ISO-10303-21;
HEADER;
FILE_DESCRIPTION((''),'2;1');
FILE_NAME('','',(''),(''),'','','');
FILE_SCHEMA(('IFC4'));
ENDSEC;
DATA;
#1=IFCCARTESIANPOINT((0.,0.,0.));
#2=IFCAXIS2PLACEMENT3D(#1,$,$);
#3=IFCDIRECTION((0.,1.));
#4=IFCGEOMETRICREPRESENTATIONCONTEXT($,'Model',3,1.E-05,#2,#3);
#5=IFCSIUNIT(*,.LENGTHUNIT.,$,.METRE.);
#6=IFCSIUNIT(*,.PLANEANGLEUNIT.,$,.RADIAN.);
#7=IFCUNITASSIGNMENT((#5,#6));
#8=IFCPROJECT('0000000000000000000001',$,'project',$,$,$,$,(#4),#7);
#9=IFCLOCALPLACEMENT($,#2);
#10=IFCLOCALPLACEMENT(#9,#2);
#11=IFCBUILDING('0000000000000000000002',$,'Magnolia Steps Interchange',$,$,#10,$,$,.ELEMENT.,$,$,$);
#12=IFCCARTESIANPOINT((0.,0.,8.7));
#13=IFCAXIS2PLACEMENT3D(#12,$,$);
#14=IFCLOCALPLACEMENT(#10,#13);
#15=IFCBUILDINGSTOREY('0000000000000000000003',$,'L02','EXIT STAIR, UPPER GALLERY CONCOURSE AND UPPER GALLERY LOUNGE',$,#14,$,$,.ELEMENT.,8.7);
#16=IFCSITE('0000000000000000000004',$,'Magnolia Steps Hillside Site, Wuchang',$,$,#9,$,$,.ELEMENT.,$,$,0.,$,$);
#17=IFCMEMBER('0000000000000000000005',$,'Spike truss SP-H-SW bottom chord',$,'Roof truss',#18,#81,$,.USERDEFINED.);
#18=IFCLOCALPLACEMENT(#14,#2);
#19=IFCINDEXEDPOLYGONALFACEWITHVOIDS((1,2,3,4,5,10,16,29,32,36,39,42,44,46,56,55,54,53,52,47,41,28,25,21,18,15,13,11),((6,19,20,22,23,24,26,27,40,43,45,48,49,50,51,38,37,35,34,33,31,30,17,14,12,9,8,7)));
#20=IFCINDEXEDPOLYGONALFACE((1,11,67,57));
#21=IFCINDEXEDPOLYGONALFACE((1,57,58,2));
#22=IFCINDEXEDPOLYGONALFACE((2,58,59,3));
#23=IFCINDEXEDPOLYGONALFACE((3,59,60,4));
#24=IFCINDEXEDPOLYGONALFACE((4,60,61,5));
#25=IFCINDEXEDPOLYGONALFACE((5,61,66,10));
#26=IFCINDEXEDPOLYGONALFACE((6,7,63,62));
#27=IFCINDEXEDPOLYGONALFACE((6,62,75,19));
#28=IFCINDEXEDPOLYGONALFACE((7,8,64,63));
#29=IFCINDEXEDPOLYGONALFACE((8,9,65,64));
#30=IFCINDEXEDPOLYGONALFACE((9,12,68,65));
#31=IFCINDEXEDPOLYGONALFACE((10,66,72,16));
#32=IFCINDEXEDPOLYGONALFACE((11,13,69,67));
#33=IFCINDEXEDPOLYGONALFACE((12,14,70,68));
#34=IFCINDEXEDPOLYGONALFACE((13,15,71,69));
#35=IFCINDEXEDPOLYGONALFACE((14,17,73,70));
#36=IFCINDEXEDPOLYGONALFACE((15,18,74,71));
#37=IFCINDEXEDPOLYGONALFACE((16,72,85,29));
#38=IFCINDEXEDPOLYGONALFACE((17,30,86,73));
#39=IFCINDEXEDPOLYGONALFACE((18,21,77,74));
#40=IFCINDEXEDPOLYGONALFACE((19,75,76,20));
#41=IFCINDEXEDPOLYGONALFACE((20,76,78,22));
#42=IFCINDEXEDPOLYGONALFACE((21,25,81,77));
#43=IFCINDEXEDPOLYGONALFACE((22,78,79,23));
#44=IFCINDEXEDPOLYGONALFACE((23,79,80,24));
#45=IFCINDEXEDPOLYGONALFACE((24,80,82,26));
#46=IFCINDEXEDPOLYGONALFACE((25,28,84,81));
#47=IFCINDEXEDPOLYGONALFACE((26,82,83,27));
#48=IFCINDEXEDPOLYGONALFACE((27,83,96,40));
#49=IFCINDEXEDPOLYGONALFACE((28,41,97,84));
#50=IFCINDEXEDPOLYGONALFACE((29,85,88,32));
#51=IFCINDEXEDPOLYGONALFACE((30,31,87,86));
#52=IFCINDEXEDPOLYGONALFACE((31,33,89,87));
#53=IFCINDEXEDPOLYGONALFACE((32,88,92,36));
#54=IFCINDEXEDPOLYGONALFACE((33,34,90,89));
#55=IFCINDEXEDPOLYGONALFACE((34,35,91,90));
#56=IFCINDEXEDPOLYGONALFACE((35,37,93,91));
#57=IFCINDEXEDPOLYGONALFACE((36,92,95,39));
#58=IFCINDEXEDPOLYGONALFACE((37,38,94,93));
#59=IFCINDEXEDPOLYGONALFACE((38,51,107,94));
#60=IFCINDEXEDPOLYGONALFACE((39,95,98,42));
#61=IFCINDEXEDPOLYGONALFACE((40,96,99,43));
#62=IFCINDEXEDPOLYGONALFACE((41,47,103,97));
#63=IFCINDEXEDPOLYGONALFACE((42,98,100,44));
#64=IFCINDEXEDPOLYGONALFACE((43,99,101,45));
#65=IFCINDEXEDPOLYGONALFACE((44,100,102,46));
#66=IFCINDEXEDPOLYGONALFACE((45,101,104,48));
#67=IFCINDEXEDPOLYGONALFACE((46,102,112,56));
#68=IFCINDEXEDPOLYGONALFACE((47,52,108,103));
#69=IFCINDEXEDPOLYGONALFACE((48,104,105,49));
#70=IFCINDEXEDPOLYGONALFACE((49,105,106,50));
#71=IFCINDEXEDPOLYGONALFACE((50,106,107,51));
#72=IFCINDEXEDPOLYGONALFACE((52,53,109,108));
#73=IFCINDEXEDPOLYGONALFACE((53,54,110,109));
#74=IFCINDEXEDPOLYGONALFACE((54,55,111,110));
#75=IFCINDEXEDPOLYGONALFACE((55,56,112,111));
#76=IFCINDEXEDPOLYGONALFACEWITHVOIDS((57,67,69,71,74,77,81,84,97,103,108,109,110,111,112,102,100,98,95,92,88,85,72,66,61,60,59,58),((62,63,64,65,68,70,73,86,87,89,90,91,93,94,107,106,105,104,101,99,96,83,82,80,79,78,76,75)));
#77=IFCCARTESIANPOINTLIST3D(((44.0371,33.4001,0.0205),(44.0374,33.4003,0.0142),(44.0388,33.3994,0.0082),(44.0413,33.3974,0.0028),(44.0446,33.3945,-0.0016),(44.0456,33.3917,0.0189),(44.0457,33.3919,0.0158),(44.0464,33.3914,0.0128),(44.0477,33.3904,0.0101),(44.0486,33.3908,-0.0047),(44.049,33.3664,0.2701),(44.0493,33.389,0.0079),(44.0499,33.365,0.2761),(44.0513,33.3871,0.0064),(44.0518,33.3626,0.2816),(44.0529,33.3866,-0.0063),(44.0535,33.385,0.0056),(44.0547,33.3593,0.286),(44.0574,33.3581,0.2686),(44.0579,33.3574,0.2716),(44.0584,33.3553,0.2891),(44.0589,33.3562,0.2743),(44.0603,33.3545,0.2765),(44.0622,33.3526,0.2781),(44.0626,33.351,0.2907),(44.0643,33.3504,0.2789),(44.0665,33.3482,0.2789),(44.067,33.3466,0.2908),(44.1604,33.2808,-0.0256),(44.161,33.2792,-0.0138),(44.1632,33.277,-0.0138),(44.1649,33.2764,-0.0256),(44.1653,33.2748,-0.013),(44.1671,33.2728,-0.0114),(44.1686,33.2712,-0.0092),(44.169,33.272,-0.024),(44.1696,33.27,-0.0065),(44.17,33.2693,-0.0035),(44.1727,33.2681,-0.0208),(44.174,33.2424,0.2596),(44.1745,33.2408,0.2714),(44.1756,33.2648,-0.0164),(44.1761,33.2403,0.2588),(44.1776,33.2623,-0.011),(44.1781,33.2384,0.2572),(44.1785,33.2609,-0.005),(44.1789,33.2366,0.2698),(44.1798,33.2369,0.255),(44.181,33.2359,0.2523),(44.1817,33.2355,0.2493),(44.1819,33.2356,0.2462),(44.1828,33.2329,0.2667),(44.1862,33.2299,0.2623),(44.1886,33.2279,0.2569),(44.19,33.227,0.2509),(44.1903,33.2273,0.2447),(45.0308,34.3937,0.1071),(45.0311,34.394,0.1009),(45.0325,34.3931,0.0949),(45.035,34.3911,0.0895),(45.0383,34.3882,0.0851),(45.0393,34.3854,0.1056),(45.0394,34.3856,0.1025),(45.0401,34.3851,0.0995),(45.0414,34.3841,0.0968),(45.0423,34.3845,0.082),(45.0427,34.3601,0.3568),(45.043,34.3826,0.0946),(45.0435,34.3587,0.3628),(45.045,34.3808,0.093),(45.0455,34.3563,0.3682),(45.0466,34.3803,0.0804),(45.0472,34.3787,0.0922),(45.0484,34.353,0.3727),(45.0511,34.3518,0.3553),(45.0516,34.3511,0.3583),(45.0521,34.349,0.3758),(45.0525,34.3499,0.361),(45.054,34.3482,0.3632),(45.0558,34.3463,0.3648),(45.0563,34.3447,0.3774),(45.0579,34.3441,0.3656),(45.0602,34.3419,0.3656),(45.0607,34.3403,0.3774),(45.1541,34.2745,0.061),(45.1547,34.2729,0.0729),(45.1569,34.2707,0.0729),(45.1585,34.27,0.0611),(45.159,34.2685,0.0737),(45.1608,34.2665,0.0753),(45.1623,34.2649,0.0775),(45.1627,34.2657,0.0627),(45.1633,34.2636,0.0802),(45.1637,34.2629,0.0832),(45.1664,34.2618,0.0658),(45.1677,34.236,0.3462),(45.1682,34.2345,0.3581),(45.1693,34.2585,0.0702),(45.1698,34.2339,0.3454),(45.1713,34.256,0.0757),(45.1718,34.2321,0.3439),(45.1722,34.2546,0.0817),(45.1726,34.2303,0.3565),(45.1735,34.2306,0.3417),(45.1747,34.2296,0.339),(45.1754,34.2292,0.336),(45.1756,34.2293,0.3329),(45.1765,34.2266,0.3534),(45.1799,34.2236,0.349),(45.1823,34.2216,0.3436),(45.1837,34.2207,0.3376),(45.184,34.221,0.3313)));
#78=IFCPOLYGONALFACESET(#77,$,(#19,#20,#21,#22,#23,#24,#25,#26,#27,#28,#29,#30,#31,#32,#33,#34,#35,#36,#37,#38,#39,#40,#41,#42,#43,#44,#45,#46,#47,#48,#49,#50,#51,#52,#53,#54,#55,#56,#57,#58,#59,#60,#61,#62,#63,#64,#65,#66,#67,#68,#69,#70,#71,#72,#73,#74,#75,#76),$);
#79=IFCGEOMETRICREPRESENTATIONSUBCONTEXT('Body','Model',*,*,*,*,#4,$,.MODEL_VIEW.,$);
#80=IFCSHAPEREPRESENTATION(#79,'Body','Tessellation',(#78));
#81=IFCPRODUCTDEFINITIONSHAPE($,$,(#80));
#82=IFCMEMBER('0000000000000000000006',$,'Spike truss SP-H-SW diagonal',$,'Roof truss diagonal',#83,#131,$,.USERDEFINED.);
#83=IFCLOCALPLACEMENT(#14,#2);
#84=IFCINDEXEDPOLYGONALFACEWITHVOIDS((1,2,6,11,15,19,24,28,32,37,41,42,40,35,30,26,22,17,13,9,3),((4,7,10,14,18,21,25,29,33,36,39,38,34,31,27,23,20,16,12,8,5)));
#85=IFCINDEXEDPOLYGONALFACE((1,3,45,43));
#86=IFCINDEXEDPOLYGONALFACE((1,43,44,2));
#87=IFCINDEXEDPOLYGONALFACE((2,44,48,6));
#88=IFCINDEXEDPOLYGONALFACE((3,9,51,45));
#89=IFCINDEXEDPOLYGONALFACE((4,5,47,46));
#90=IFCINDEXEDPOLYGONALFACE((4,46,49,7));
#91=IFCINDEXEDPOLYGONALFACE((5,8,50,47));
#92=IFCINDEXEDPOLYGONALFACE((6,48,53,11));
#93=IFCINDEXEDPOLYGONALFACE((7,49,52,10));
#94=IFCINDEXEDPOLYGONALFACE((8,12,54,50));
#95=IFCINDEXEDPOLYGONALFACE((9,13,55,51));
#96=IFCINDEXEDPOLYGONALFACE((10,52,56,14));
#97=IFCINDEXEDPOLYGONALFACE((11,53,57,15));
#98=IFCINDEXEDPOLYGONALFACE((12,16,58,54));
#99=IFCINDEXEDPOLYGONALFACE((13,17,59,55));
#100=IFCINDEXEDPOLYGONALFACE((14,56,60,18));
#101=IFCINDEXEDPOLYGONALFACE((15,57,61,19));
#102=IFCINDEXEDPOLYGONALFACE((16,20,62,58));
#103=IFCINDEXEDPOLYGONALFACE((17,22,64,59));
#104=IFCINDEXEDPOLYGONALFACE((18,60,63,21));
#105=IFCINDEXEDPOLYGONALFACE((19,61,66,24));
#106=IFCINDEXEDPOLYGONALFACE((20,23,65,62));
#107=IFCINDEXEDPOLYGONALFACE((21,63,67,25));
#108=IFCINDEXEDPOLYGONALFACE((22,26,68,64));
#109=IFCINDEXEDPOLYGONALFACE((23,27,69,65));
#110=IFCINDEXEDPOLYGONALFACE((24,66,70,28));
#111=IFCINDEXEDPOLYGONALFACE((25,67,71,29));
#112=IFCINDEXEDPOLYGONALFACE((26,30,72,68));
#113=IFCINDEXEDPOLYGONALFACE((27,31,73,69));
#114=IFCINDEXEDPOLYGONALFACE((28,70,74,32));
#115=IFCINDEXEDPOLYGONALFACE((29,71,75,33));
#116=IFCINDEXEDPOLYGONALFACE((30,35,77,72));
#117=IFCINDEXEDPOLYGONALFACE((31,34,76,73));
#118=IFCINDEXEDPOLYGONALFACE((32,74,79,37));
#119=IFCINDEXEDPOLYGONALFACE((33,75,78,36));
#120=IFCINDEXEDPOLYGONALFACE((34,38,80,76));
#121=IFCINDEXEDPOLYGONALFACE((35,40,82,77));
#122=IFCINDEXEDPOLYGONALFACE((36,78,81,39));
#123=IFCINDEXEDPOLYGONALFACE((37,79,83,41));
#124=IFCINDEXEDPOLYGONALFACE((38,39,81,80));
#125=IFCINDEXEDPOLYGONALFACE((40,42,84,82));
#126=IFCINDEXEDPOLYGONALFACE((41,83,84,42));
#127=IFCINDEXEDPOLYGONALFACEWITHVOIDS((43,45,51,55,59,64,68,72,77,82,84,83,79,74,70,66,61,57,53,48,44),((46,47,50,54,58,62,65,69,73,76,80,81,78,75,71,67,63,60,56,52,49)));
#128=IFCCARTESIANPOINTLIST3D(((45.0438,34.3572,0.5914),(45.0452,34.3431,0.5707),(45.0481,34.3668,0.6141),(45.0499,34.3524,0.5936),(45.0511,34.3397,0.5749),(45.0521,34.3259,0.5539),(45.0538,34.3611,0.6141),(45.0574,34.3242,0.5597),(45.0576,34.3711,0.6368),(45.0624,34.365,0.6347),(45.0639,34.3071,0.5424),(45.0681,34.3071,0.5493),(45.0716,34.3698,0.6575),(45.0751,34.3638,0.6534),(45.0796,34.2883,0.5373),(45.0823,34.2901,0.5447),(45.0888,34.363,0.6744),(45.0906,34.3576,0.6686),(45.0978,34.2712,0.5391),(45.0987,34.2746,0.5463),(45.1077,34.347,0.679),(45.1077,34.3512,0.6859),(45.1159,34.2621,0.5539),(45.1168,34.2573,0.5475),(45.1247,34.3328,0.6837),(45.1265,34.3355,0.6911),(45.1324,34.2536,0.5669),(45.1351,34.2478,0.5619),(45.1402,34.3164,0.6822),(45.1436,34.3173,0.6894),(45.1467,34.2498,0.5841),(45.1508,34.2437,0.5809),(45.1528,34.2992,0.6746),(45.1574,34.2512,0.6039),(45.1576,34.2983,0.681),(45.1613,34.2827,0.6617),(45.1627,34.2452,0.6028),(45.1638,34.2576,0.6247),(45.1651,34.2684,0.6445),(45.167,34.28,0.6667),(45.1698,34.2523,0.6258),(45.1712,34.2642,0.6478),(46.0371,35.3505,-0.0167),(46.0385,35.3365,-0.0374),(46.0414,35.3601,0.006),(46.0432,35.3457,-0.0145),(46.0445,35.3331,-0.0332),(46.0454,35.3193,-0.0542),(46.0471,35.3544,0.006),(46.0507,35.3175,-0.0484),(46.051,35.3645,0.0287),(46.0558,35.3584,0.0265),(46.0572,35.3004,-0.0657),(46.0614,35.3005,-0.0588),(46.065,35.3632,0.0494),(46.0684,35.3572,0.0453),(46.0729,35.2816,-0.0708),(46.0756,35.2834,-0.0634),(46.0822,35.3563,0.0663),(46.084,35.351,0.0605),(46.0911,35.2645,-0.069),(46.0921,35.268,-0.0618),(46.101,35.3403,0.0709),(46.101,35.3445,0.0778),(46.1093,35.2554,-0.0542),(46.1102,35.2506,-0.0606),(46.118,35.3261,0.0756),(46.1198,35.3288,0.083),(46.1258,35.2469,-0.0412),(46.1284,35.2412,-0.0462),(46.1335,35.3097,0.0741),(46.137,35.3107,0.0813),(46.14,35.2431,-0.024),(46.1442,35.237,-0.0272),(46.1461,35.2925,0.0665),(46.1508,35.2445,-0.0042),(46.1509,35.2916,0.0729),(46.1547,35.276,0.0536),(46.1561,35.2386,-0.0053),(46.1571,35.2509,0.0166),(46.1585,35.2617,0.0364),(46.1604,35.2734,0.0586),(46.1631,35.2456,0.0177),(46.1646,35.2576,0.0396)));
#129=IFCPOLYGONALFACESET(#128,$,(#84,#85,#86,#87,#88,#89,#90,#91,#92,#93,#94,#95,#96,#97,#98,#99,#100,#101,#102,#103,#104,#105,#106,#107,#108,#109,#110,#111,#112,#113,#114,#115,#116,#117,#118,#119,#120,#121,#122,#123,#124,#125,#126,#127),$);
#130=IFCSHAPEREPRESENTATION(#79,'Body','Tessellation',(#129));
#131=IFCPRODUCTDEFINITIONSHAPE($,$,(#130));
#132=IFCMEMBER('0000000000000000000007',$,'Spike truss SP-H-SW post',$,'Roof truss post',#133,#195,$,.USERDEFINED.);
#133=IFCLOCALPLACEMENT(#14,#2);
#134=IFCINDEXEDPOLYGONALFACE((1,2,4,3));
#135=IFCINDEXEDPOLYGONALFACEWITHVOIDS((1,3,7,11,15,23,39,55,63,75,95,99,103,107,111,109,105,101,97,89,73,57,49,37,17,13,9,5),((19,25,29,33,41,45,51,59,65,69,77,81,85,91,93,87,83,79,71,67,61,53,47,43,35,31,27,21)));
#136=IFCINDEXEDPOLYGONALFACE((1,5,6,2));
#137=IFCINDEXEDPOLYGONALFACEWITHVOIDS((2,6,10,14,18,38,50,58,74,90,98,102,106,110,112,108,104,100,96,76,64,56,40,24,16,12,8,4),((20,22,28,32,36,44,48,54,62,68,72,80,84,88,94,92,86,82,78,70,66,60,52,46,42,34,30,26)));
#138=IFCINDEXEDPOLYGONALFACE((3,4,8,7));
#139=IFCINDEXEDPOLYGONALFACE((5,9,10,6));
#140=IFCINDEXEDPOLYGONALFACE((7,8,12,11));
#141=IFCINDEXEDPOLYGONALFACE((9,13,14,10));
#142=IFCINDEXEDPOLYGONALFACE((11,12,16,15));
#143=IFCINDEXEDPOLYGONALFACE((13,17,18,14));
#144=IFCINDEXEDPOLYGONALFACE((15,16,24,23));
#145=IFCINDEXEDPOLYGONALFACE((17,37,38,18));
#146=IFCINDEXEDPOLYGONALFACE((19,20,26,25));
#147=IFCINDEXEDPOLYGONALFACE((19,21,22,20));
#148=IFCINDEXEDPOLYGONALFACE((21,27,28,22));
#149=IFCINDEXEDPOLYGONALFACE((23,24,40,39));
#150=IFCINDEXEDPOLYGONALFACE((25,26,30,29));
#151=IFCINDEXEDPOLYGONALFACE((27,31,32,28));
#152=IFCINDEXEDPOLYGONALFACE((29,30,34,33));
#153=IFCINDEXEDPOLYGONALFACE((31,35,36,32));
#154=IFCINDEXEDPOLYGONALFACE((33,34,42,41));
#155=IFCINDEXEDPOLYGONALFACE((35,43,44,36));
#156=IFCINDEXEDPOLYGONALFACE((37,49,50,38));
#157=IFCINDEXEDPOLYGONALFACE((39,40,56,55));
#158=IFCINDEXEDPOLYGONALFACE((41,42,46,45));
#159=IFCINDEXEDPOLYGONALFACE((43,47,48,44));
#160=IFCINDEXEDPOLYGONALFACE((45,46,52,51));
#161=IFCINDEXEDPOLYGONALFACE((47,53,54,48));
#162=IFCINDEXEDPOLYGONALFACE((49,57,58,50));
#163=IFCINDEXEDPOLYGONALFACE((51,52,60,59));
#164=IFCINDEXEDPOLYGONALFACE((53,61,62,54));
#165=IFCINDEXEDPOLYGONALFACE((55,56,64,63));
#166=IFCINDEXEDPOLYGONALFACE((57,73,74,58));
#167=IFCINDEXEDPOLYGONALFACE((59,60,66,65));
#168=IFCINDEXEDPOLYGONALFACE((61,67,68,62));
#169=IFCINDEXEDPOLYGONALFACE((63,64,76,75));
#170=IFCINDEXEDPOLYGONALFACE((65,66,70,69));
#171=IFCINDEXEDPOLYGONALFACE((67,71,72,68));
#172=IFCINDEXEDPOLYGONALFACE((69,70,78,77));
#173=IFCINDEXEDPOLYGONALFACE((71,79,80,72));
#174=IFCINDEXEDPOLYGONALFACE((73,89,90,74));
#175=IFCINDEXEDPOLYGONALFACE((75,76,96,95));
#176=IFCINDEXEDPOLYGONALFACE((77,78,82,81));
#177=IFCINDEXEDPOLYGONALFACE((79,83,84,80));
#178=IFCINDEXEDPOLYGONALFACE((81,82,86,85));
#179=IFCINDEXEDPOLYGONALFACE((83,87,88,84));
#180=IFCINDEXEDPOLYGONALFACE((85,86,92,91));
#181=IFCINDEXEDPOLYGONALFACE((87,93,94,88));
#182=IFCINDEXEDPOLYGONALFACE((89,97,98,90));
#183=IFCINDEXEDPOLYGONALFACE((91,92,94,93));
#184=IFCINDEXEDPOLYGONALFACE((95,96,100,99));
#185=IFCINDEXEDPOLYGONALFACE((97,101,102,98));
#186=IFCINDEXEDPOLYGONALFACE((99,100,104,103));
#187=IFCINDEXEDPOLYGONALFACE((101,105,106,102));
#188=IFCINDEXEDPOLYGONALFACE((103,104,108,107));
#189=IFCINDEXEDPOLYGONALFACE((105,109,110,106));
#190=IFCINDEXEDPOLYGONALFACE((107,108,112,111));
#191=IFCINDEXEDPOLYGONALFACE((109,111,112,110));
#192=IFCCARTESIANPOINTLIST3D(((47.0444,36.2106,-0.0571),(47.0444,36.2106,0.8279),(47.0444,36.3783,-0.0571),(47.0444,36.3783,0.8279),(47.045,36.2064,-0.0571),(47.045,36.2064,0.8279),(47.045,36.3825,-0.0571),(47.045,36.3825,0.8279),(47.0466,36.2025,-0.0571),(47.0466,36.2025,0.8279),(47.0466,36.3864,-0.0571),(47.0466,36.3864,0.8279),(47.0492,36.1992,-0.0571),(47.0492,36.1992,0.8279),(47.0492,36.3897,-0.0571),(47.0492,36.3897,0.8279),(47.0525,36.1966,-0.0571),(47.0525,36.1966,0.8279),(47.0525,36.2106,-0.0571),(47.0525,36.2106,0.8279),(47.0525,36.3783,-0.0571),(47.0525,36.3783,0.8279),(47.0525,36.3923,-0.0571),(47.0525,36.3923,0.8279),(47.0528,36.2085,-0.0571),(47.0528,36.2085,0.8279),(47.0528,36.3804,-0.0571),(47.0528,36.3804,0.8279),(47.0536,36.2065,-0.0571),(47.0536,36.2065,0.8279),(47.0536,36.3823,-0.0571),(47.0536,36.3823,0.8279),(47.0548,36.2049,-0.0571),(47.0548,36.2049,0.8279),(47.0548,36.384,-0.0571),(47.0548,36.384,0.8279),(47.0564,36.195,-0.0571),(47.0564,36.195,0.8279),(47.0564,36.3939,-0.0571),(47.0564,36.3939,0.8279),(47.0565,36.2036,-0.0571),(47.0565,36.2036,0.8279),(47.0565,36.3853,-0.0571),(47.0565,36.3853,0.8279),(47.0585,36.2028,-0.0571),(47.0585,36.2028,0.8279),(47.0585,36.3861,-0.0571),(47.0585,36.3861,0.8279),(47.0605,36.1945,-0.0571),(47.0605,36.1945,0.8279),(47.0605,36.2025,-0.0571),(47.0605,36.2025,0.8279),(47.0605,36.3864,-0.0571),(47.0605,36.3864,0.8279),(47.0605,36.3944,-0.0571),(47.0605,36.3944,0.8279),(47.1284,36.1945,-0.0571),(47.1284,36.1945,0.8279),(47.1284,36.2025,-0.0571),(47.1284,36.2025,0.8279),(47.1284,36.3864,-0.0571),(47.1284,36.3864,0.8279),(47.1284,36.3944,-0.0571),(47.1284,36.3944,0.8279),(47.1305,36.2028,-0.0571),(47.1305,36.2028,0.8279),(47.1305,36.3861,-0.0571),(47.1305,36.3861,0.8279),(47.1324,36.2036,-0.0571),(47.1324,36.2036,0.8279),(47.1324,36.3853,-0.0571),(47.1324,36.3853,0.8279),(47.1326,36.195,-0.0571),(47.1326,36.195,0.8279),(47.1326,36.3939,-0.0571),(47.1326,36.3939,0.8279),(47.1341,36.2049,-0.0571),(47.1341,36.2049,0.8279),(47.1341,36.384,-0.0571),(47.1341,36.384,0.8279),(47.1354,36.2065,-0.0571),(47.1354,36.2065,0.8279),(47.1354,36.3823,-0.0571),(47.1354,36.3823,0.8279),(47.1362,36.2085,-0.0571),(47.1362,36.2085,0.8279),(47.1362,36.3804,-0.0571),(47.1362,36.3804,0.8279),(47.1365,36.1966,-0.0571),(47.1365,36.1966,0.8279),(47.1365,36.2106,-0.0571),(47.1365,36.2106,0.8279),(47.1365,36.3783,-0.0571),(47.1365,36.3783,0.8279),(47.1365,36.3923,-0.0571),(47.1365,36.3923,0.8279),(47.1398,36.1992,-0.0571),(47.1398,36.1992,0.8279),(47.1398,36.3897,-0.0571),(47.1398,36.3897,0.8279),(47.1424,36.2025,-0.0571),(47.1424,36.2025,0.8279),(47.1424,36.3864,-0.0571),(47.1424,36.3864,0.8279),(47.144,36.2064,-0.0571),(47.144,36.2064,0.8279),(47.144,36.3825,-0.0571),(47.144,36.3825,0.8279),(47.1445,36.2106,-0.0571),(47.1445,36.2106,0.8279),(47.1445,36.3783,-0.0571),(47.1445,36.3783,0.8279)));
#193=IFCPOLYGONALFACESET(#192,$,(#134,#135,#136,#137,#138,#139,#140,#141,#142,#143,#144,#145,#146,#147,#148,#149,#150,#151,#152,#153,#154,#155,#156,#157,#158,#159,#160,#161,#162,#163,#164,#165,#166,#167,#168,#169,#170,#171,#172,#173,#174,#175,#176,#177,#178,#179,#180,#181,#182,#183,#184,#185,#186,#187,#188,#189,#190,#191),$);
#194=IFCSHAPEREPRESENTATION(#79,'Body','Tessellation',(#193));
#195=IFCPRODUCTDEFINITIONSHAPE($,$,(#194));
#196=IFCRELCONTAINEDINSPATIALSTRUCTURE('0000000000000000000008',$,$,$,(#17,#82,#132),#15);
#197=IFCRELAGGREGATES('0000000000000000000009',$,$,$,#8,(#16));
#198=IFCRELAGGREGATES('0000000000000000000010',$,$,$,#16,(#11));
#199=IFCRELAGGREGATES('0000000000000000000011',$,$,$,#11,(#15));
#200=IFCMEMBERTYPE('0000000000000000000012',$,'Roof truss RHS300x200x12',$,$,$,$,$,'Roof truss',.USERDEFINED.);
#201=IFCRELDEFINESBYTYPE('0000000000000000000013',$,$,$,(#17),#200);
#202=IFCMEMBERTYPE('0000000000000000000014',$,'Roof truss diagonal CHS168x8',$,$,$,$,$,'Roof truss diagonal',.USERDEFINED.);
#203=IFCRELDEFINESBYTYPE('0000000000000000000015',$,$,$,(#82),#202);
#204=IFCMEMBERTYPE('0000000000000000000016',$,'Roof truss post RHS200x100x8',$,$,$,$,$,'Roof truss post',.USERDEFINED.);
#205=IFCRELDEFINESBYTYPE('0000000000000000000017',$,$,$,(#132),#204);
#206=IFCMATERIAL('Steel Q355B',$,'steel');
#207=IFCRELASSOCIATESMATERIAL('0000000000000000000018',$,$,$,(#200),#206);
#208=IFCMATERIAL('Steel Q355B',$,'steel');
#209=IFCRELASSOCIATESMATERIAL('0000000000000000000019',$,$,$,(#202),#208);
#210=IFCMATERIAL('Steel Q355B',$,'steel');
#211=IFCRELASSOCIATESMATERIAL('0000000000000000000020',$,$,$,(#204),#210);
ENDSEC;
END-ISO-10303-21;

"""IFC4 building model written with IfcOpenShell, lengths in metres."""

from ifc_helpers import new_model, si_unit, direction, frame, origin, origin_2d, place, context, subcontext, project, spatial, hollow_rectangle, hollow_circle, extrude, material, material_profile, profile_set, type_object, element, save


model = new_model("IFC4")

# Units and contexts
model_context = context("Model", 3, precision=1e-05, world=origin(), true_north=direction((0.0, 1.0)))
body_context = subcontext(model_context, "Body", "Model", "MODEL_VIEW")
ifc_project = project(units=[si_unit("LENGTHUNIT", "METRE"), si_unit("PLANEANGLEUNIT", "RADIAN")], contexts=[model_context])

# Site, building, storey
site_placement = place(None, origin())
site = spatial("IfcSite", under=ifc_project, at=site_placement, Name="Magnolia Steps Hillside Site, Wuchang", CompositionType="ELEMENT", RefElevation=0.0)
building_placement = place(site_placement, origin())
building = spatial("IfcBuilding", under=site, at=building_placement, Name="Magnolia Steps Interchange", CompositionType="ELEMENT")
storey_placement = place(building_placement, frame((0.0, 0.0, 8.7)))
storey = spatial("IfcBuildingStorey", under=building, at=storey_placement, Name="L02", Description="EXIT STAIR, UPPER GALLERY CONCOURSE AND UPPER GALLERY LOUNGE", CompositionType="ELEMENT", Elevation=8.7)

# Members
ifc_material_1 = material(Name="Steel Q355B", Category="steel")
ifc_material_profile_1 = material_profile(ifc_material_1, hollow_rectangle(XDim=0.2, YDim=0.3, WallThickness=0.012, InnerFilletRadius=0.012, OuterFilletRadius=0.0239, at=origin_2d()), Name="RHS300x200x12")
ifc_profile_set_1 = profile_set([ifc_material_profile_1], Name="Steel Q355B")
member_type_1 = type_object("IfcMemberType", Name="Roof truss RHS300x200x12", ElementType="Roof truss", PredefinedType="USERDEFINED", material=ifc_profile_set_1)
member_1_placement = place(storey_placement, frame((45.1074, 34.3074, 0.2192), z_axis=(-0.705766, -0.705766, -0.061559), x_axis=(0.706885, -0.695783, -0.127277)))
element("IfcMember", 1, at=member_1_placement, inside=storey, type_object=member_type_1, Name="Spike truss SP-H-SW bottom chord", ObjectType="Roof truss", PredefinedType="USERDEFINED", context=body_context, shape_type="SweptSolid", body=[
    extrude(hollow_rectangle(XDim=0.2, YDim=0.3, WallThickness=0.012, InnerFilletRadius=0.012, OuterFilletRadius=0.0239, at=origin_2d()), origin(), (0.0, 0.0, 1.0), 1.408),
])
ifc_material_2 = material(Name="Steel Q355B", Category="steel")
ifc_material_profile_2 = material_profile(ifc_material_2, hollow_circle(Radius=0.084, WallThickness=0.0081, at=origin_2d()), Name="CHS168x8")
ifc_profile_set_2 = profile_set([ifc_material_profile_2], Name="Steel Q355B")
member_type_2 = type_object("IfcMemberType", Name="Roof truss diagonal CHS168x8", ElementType="Roof truss diagonal", PredefinedType="USERDEFINED", material=ifc_profile_set_2)
member_2_placement = place(storey_placement, frame((46.1008, 35.3008, 0.0061), z_axis=(-0.648916, -0.648916, 0.39726), x_axis=(0.657873, -0.740836, -0.135518)))
element("IfcMember", 2, at=member_2_placement, inside=storey, type_object=member_type_2, Name="Spike truss SP-H-SW diagonal", ObjectType="Roof truss diagonal", PredefinedType="USERDEFINED", context=body_context, shape_type="SweptSolid", body=[
    extrude(hollow_circle(Radius=0.084, WallThickness=0.0081, at=origin_2d()), origin(), (0.0, 0.0, 1.0), 1.5308),
])
ifc_material_3 = material(Name="Steel Q355B", Category="steel")
ifc_material_profile_3 = material_profile(ifc_material_3, hollow_rectangle(XDim=0.1001, YDim=0.2, WallThickness=0.0081, InnerFilletRadius=0.0081, OuterFilletRadius=0.0161, at=origin_2d()), Name="RHS200x100x8")
ifc_profile_set_3 = profile_set([ifc_material_profile_3], Name="Steel Q355B")
member_type_3 = type_object("IfcMemberType", Name="Roof truss post RHS200x100x8", ElementType="Roof truss post", PredefinedType="USERDEFINED", material=ifc_profile_set_3)
member_3_placement = place(storey_placement, frame((47.0945, 36.2944, -0.0571), z_axis=(0.0, 0.0, 1.0), x_axis=(1.0, 0.0, 0.0)))
element("IfcMember", 3, at=member_3_placement, inside=storey, type_object=member_type_3, Name="Spike truss SP-H-SW post", ObjectType="Roof truss post", PredefinedType="USERDEFINED", context=body_context, shape_type="SweptSolid", body=[
    extrude(hollow_rectangle(XDim=0.1001, YDim=0.2, WallThickness=0.0081, InnerFilletRadius=0.0081, OuterFilletRadius=0.0161, at=origin_2d()), origin(), (0.0, 0.0, 1.0), 0.885),
])

save(model, "model.ifc")
